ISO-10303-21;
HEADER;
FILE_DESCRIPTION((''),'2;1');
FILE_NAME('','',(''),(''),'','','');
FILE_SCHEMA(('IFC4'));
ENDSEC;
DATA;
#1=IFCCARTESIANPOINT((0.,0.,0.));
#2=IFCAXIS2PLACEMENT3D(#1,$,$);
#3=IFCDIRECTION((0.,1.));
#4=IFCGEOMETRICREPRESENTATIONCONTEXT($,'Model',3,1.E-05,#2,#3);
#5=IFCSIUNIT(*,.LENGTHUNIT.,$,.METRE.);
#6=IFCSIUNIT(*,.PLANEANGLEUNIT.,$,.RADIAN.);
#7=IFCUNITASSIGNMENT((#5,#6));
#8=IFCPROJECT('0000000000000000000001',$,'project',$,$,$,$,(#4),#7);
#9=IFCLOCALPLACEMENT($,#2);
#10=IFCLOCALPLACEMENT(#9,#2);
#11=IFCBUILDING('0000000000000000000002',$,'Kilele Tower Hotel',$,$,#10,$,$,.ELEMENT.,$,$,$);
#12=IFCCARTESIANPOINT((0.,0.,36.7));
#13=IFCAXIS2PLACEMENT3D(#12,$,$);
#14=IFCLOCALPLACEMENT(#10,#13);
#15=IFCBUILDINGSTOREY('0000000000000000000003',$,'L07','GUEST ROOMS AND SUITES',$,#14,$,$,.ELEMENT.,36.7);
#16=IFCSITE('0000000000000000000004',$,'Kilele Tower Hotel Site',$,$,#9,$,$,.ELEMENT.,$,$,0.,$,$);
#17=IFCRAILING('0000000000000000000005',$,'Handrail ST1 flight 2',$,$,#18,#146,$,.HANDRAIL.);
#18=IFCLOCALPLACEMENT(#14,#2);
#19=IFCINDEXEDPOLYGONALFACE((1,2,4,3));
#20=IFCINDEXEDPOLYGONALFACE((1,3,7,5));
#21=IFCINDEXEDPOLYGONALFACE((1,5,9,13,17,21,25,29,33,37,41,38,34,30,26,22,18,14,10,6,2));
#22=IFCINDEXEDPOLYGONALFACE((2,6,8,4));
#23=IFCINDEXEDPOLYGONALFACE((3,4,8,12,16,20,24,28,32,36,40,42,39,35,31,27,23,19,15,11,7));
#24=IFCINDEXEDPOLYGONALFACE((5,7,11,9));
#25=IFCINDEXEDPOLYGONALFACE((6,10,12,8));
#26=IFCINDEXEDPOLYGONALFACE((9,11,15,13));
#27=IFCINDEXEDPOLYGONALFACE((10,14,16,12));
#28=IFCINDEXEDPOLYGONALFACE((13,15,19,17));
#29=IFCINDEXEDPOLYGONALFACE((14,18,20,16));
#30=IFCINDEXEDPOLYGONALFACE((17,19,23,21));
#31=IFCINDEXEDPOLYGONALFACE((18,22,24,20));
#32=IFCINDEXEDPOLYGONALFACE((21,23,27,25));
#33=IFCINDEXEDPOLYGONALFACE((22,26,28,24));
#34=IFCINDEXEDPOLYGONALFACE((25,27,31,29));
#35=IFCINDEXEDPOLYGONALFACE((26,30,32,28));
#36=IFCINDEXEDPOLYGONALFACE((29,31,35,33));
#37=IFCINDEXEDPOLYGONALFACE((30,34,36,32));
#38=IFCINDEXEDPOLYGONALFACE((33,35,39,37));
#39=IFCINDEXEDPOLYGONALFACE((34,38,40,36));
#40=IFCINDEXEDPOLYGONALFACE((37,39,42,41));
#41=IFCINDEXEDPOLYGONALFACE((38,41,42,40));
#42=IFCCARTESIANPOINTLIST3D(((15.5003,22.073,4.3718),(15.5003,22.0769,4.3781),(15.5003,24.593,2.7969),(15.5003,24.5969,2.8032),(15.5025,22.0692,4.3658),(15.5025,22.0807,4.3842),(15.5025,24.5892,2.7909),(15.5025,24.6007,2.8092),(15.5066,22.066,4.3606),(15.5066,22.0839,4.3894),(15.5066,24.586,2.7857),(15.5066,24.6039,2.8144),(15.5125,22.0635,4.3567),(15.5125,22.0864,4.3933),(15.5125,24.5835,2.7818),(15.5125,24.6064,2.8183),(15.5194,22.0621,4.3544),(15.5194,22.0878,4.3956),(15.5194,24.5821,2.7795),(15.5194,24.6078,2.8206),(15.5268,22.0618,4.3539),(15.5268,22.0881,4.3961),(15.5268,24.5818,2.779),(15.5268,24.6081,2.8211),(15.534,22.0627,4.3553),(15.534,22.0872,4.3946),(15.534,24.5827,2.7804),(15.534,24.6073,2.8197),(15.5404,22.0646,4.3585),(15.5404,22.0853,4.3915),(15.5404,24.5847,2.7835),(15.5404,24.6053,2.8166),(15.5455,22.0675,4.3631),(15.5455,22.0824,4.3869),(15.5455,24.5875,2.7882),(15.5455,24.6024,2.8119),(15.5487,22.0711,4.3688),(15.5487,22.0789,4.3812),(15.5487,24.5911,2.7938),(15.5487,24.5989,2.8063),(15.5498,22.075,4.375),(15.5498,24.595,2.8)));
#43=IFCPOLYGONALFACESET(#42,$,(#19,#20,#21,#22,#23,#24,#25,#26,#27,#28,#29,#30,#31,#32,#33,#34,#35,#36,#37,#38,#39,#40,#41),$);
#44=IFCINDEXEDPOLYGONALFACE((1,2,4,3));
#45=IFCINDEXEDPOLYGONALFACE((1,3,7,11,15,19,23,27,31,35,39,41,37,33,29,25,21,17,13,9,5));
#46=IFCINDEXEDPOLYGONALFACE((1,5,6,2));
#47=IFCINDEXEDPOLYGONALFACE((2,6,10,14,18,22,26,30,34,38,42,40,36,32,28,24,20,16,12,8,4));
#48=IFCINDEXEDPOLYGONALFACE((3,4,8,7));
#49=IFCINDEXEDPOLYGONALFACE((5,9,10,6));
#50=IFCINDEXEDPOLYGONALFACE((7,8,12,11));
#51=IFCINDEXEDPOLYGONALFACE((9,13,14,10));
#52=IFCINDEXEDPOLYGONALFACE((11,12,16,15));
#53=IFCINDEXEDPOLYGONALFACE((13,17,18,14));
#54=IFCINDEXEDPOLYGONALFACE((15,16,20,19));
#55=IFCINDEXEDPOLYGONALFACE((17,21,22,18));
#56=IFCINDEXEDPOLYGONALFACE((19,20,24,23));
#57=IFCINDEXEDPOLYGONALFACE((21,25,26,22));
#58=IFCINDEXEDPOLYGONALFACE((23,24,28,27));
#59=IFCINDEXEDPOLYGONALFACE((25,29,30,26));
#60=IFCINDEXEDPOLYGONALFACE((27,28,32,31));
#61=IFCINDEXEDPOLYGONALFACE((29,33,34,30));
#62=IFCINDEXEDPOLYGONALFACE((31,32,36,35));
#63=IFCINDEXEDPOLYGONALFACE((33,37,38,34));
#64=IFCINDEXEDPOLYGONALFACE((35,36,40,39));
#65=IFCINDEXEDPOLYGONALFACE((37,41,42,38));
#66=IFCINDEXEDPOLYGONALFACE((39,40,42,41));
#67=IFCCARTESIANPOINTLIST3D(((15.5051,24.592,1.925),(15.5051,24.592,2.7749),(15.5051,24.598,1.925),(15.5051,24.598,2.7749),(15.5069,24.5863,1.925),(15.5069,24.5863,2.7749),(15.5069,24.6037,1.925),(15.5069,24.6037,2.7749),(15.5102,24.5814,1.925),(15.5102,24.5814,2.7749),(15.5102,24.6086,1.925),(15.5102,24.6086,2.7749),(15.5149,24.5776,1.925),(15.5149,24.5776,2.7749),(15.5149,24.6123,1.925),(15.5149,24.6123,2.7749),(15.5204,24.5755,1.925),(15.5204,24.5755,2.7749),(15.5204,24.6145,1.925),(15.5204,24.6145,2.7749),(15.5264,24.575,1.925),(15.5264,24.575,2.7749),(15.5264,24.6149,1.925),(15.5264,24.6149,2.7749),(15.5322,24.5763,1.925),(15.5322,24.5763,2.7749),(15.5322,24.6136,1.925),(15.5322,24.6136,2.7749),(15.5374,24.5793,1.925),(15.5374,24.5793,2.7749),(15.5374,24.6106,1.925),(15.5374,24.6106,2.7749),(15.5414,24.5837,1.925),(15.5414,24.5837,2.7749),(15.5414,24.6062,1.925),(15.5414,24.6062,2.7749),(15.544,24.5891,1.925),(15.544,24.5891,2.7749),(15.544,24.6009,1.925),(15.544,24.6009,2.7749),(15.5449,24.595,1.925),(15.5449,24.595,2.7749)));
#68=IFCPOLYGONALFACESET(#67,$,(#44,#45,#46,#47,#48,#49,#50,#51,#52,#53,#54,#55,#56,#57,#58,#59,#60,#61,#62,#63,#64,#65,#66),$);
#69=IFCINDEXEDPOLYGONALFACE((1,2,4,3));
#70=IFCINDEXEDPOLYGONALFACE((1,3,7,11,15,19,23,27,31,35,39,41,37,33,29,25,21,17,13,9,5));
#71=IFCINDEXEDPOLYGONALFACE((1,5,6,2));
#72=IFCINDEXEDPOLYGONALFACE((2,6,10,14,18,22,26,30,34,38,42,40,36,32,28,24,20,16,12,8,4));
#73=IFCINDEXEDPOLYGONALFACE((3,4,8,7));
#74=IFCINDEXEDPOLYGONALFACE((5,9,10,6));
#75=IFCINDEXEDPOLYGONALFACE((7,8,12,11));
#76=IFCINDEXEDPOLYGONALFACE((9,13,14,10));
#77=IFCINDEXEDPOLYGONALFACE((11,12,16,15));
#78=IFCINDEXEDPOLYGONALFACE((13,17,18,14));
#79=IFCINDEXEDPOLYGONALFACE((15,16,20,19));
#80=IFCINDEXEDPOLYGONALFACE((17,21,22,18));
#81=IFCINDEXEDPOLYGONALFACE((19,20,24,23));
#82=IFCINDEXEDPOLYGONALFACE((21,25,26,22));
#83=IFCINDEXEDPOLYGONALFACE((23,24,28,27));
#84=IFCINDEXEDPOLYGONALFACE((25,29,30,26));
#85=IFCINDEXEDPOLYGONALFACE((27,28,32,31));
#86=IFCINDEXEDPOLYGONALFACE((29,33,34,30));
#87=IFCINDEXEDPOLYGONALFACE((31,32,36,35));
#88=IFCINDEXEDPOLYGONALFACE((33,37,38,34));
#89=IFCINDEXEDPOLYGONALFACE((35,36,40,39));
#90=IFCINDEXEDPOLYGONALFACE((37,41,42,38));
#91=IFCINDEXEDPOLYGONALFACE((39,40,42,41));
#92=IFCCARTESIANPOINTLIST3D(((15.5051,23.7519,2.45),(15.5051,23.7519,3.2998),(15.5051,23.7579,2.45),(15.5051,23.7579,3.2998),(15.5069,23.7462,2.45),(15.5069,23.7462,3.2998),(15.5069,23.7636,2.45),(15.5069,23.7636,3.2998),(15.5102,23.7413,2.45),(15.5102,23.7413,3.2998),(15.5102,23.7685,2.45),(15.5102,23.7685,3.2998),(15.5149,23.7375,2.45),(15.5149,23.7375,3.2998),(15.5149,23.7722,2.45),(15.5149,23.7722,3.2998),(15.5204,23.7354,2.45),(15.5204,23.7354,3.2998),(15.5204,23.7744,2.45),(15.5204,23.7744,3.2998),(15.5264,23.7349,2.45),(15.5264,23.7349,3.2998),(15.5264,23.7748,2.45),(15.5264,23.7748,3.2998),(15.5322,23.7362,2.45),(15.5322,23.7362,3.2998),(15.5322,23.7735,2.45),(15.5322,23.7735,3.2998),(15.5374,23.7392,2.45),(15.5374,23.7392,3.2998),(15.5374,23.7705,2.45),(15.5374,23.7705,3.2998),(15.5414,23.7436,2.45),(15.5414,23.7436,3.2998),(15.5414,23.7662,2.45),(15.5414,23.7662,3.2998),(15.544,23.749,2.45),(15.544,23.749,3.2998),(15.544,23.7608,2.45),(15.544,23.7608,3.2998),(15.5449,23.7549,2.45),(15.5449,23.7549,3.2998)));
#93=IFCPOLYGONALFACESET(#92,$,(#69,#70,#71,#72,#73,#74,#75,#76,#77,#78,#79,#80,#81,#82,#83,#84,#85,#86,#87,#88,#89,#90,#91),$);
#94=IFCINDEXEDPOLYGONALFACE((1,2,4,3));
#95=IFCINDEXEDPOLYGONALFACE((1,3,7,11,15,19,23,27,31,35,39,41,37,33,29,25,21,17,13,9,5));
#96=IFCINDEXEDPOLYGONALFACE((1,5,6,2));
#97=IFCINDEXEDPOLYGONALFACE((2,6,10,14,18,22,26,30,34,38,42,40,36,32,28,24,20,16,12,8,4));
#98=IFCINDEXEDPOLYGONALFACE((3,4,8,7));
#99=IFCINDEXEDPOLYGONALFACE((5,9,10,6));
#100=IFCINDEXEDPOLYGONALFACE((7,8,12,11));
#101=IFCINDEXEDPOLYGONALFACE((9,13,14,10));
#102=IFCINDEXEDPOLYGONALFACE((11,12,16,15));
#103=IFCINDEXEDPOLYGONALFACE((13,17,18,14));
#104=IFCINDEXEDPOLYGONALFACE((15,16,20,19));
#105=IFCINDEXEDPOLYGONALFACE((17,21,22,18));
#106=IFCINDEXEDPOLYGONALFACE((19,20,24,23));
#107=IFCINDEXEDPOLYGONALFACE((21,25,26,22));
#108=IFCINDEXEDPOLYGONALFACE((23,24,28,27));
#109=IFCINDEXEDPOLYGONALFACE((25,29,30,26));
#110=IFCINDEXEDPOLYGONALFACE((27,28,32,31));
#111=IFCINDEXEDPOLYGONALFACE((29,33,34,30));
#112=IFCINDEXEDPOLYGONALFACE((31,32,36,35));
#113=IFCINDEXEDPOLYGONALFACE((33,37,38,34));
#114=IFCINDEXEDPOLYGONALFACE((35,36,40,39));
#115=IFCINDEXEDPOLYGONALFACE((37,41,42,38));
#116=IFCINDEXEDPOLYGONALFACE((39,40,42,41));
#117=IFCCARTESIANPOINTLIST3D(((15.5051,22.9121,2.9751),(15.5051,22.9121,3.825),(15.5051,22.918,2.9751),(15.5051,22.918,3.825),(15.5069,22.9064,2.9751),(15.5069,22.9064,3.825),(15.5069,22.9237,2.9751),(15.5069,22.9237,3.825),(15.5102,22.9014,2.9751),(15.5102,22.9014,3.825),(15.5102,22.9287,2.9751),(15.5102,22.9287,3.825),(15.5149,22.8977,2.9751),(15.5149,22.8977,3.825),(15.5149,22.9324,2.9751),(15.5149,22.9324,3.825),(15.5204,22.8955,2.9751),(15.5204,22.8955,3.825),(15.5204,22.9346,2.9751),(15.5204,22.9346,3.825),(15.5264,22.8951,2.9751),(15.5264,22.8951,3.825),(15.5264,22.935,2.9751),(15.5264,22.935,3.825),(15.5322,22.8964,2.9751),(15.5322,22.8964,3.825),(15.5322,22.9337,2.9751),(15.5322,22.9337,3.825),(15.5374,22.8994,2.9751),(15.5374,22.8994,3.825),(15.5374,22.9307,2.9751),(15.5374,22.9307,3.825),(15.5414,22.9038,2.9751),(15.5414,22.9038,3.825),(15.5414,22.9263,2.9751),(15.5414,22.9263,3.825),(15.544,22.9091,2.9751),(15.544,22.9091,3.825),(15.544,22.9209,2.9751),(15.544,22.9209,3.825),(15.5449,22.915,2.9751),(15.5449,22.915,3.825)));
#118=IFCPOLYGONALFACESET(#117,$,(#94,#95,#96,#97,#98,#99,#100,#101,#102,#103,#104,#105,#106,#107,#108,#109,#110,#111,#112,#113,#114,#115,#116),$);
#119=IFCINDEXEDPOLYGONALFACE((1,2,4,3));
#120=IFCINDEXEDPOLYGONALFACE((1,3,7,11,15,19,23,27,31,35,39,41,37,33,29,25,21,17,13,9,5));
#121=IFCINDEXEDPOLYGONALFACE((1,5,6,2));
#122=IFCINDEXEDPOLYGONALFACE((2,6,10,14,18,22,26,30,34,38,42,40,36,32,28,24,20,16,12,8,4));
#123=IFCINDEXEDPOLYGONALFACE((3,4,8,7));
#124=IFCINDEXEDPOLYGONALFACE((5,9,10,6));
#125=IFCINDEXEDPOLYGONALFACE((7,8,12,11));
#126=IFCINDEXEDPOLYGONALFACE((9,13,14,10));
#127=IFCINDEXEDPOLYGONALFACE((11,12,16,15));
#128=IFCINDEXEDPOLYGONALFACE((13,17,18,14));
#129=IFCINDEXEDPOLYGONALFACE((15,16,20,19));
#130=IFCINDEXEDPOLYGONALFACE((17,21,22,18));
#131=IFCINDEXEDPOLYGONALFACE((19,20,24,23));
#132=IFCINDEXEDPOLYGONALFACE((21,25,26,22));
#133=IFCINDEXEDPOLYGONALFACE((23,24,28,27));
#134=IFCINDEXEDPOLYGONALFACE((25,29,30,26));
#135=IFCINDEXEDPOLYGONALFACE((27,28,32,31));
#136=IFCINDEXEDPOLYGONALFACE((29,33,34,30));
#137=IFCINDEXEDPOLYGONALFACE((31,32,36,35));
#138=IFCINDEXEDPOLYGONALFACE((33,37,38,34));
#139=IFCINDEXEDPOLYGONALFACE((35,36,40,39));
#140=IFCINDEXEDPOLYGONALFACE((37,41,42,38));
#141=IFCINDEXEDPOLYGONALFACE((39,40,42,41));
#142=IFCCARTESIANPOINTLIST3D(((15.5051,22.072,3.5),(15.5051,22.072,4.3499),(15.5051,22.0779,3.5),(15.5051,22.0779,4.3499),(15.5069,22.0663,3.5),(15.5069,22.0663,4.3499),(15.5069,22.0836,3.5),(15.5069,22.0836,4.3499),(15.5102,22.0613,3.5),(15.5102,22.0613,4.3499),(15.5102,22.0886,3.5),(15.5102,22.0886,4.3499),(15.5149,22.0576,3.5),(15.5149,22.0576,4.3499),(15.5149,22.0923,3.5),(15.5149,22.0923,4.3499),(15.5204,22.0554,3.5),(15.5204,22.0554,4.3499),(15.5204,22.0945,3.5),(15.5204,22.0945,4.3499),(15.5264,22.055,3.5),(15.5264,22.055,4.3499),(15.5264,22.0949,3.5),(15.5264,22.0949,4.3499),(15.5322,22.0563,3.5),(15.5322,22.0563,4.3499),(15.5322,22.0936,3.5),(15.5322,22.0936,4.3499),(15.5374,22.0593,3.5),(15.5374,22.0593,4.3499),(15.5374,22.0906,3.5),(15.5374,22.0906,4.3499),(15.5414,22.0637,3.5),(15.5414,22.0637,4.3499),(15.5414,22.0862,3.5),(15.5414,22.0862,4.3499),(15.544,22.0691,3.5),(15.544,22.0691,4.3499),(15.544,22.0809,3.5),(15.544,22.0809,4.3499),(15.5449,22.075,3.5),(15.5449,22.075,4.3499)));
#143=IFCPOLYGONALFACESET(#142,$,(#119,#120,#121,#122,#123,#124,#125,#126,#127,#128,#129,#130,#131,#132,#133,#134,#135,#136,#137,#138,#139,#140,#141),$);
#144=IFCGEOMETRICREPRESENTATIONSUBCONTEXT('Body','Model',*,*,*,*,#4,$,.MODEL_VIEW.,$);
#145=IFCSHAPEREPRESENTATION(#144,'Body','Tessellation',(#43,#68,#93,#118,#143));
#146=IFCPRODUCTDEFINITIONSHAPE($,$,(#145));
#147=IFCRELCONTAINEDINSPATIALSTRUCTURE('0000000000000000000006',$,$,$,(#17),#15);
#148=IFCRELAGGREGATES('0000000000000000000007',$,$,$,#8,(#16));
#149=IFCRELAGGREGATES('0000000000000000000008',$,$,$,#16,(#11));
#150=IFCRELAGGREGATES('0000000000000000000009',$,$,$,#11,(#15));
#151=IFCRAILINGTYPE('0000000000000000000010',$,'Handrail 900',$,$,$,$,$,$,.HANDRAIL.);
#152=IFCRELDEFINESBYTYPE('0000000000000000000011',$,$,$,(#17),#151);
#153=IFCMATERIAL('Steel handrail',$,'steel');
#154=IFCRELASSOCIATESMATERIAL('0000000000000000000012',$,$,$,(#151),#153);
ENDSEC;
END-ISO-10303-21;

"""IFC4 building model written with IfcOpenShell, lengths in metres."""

from ifc_helpers import new_model, si_unit, direction, frame, origin, origin_2d, place, context, subcontext, project, spatial, circle, extrude, material, type_object, element, save


model = new_model("IFC4")

# Units and contexts
model_context = context("Model", 3, precision=1e-05, world=origin(), true_north=direction((0.0, 1.0)))
body_context = subcontext(model_context, "Body", "Model", "MODEL_VIEW")
ifc_project = project(units=[si_unit("LENGTHUNIT", "METRE"), si_unit("PLANEANGLEUNIT", "RADIAN")], contexts=[model_context])

# Site, building, storey
site_placement = place(None, origin())
site = spatial("IfcSite", under=ifc_project, at=site_placement, Name="Kilele Tower Hotel Site", CompositionType="ELEMENT", RefElevation=0.0)
building_placement = place(site_placement, origin())
building = spatial("IfcBuilding", under=site, at=building_placement, Name="Kilele Tower Hotel", CompositionType="ELEMENT")
storey_placement = place(building_placement, frame((0.0, 0.0, 36.7)))
storey = spatial("IfcBuildingStorey", under=building, at=storey_placement, Name="L07", Description="GUEST ROOMS AND SUITES", CompositionType="ELEMENT", Elevation=36.7)

# Railing
ifc_material_1 = material(Name="Steel handrail", Category="steel")
railing_type_1 = type_object("IfcRailingType", Name="Handrail 900", PredefinedType="HANDRAIL", material=ifc_material_1)
for number, where, name in (
    (1, (15.5249, 24.595, 1.925), "Handrail ST1 flight 2"),
):
    element("IfcRailing", number, at=place(storey_placement, frame(where)), inside=storey, type_object=railing_type_1, Name=name, PredefinedType="HANDRAIL", context=body_context, shape_type="SweptSolid", body=[
        extrude(circle(Radius=0.0249, at=origin_2d()), frame((0.0, 0.0, 0.875), z_axis=(0.0, -0.848008, 0.529984), x_axis=(1.0, 0.0, 0.0)), (0.0, 0.0, 1.0), 2.9717),
        extrude(circle(Radius=0.02, at=origin_2d()), origin(), (0.0, 0.0, 1.0), 0.8499),
        extrude(circle(Radius=0.02, at=origin_2d()), frame((0.0, -0.8401, 0.5249)), (0.0, 0.0, 1.0), 0.8499),
        extrude(circle(Radius=0.02, at=origin_2d()), frame((0.0, -1.6799, 1.05)), (0.0, 0.0, 1.0), 0.8499),
        extrude(circle(Radius=0.02, at=origin_2d()), frame((0.0, -2.52, 1.575)), (0.0, 0.0, 1.0), 0.8499),
    ])

save(model, "model.ifc")
